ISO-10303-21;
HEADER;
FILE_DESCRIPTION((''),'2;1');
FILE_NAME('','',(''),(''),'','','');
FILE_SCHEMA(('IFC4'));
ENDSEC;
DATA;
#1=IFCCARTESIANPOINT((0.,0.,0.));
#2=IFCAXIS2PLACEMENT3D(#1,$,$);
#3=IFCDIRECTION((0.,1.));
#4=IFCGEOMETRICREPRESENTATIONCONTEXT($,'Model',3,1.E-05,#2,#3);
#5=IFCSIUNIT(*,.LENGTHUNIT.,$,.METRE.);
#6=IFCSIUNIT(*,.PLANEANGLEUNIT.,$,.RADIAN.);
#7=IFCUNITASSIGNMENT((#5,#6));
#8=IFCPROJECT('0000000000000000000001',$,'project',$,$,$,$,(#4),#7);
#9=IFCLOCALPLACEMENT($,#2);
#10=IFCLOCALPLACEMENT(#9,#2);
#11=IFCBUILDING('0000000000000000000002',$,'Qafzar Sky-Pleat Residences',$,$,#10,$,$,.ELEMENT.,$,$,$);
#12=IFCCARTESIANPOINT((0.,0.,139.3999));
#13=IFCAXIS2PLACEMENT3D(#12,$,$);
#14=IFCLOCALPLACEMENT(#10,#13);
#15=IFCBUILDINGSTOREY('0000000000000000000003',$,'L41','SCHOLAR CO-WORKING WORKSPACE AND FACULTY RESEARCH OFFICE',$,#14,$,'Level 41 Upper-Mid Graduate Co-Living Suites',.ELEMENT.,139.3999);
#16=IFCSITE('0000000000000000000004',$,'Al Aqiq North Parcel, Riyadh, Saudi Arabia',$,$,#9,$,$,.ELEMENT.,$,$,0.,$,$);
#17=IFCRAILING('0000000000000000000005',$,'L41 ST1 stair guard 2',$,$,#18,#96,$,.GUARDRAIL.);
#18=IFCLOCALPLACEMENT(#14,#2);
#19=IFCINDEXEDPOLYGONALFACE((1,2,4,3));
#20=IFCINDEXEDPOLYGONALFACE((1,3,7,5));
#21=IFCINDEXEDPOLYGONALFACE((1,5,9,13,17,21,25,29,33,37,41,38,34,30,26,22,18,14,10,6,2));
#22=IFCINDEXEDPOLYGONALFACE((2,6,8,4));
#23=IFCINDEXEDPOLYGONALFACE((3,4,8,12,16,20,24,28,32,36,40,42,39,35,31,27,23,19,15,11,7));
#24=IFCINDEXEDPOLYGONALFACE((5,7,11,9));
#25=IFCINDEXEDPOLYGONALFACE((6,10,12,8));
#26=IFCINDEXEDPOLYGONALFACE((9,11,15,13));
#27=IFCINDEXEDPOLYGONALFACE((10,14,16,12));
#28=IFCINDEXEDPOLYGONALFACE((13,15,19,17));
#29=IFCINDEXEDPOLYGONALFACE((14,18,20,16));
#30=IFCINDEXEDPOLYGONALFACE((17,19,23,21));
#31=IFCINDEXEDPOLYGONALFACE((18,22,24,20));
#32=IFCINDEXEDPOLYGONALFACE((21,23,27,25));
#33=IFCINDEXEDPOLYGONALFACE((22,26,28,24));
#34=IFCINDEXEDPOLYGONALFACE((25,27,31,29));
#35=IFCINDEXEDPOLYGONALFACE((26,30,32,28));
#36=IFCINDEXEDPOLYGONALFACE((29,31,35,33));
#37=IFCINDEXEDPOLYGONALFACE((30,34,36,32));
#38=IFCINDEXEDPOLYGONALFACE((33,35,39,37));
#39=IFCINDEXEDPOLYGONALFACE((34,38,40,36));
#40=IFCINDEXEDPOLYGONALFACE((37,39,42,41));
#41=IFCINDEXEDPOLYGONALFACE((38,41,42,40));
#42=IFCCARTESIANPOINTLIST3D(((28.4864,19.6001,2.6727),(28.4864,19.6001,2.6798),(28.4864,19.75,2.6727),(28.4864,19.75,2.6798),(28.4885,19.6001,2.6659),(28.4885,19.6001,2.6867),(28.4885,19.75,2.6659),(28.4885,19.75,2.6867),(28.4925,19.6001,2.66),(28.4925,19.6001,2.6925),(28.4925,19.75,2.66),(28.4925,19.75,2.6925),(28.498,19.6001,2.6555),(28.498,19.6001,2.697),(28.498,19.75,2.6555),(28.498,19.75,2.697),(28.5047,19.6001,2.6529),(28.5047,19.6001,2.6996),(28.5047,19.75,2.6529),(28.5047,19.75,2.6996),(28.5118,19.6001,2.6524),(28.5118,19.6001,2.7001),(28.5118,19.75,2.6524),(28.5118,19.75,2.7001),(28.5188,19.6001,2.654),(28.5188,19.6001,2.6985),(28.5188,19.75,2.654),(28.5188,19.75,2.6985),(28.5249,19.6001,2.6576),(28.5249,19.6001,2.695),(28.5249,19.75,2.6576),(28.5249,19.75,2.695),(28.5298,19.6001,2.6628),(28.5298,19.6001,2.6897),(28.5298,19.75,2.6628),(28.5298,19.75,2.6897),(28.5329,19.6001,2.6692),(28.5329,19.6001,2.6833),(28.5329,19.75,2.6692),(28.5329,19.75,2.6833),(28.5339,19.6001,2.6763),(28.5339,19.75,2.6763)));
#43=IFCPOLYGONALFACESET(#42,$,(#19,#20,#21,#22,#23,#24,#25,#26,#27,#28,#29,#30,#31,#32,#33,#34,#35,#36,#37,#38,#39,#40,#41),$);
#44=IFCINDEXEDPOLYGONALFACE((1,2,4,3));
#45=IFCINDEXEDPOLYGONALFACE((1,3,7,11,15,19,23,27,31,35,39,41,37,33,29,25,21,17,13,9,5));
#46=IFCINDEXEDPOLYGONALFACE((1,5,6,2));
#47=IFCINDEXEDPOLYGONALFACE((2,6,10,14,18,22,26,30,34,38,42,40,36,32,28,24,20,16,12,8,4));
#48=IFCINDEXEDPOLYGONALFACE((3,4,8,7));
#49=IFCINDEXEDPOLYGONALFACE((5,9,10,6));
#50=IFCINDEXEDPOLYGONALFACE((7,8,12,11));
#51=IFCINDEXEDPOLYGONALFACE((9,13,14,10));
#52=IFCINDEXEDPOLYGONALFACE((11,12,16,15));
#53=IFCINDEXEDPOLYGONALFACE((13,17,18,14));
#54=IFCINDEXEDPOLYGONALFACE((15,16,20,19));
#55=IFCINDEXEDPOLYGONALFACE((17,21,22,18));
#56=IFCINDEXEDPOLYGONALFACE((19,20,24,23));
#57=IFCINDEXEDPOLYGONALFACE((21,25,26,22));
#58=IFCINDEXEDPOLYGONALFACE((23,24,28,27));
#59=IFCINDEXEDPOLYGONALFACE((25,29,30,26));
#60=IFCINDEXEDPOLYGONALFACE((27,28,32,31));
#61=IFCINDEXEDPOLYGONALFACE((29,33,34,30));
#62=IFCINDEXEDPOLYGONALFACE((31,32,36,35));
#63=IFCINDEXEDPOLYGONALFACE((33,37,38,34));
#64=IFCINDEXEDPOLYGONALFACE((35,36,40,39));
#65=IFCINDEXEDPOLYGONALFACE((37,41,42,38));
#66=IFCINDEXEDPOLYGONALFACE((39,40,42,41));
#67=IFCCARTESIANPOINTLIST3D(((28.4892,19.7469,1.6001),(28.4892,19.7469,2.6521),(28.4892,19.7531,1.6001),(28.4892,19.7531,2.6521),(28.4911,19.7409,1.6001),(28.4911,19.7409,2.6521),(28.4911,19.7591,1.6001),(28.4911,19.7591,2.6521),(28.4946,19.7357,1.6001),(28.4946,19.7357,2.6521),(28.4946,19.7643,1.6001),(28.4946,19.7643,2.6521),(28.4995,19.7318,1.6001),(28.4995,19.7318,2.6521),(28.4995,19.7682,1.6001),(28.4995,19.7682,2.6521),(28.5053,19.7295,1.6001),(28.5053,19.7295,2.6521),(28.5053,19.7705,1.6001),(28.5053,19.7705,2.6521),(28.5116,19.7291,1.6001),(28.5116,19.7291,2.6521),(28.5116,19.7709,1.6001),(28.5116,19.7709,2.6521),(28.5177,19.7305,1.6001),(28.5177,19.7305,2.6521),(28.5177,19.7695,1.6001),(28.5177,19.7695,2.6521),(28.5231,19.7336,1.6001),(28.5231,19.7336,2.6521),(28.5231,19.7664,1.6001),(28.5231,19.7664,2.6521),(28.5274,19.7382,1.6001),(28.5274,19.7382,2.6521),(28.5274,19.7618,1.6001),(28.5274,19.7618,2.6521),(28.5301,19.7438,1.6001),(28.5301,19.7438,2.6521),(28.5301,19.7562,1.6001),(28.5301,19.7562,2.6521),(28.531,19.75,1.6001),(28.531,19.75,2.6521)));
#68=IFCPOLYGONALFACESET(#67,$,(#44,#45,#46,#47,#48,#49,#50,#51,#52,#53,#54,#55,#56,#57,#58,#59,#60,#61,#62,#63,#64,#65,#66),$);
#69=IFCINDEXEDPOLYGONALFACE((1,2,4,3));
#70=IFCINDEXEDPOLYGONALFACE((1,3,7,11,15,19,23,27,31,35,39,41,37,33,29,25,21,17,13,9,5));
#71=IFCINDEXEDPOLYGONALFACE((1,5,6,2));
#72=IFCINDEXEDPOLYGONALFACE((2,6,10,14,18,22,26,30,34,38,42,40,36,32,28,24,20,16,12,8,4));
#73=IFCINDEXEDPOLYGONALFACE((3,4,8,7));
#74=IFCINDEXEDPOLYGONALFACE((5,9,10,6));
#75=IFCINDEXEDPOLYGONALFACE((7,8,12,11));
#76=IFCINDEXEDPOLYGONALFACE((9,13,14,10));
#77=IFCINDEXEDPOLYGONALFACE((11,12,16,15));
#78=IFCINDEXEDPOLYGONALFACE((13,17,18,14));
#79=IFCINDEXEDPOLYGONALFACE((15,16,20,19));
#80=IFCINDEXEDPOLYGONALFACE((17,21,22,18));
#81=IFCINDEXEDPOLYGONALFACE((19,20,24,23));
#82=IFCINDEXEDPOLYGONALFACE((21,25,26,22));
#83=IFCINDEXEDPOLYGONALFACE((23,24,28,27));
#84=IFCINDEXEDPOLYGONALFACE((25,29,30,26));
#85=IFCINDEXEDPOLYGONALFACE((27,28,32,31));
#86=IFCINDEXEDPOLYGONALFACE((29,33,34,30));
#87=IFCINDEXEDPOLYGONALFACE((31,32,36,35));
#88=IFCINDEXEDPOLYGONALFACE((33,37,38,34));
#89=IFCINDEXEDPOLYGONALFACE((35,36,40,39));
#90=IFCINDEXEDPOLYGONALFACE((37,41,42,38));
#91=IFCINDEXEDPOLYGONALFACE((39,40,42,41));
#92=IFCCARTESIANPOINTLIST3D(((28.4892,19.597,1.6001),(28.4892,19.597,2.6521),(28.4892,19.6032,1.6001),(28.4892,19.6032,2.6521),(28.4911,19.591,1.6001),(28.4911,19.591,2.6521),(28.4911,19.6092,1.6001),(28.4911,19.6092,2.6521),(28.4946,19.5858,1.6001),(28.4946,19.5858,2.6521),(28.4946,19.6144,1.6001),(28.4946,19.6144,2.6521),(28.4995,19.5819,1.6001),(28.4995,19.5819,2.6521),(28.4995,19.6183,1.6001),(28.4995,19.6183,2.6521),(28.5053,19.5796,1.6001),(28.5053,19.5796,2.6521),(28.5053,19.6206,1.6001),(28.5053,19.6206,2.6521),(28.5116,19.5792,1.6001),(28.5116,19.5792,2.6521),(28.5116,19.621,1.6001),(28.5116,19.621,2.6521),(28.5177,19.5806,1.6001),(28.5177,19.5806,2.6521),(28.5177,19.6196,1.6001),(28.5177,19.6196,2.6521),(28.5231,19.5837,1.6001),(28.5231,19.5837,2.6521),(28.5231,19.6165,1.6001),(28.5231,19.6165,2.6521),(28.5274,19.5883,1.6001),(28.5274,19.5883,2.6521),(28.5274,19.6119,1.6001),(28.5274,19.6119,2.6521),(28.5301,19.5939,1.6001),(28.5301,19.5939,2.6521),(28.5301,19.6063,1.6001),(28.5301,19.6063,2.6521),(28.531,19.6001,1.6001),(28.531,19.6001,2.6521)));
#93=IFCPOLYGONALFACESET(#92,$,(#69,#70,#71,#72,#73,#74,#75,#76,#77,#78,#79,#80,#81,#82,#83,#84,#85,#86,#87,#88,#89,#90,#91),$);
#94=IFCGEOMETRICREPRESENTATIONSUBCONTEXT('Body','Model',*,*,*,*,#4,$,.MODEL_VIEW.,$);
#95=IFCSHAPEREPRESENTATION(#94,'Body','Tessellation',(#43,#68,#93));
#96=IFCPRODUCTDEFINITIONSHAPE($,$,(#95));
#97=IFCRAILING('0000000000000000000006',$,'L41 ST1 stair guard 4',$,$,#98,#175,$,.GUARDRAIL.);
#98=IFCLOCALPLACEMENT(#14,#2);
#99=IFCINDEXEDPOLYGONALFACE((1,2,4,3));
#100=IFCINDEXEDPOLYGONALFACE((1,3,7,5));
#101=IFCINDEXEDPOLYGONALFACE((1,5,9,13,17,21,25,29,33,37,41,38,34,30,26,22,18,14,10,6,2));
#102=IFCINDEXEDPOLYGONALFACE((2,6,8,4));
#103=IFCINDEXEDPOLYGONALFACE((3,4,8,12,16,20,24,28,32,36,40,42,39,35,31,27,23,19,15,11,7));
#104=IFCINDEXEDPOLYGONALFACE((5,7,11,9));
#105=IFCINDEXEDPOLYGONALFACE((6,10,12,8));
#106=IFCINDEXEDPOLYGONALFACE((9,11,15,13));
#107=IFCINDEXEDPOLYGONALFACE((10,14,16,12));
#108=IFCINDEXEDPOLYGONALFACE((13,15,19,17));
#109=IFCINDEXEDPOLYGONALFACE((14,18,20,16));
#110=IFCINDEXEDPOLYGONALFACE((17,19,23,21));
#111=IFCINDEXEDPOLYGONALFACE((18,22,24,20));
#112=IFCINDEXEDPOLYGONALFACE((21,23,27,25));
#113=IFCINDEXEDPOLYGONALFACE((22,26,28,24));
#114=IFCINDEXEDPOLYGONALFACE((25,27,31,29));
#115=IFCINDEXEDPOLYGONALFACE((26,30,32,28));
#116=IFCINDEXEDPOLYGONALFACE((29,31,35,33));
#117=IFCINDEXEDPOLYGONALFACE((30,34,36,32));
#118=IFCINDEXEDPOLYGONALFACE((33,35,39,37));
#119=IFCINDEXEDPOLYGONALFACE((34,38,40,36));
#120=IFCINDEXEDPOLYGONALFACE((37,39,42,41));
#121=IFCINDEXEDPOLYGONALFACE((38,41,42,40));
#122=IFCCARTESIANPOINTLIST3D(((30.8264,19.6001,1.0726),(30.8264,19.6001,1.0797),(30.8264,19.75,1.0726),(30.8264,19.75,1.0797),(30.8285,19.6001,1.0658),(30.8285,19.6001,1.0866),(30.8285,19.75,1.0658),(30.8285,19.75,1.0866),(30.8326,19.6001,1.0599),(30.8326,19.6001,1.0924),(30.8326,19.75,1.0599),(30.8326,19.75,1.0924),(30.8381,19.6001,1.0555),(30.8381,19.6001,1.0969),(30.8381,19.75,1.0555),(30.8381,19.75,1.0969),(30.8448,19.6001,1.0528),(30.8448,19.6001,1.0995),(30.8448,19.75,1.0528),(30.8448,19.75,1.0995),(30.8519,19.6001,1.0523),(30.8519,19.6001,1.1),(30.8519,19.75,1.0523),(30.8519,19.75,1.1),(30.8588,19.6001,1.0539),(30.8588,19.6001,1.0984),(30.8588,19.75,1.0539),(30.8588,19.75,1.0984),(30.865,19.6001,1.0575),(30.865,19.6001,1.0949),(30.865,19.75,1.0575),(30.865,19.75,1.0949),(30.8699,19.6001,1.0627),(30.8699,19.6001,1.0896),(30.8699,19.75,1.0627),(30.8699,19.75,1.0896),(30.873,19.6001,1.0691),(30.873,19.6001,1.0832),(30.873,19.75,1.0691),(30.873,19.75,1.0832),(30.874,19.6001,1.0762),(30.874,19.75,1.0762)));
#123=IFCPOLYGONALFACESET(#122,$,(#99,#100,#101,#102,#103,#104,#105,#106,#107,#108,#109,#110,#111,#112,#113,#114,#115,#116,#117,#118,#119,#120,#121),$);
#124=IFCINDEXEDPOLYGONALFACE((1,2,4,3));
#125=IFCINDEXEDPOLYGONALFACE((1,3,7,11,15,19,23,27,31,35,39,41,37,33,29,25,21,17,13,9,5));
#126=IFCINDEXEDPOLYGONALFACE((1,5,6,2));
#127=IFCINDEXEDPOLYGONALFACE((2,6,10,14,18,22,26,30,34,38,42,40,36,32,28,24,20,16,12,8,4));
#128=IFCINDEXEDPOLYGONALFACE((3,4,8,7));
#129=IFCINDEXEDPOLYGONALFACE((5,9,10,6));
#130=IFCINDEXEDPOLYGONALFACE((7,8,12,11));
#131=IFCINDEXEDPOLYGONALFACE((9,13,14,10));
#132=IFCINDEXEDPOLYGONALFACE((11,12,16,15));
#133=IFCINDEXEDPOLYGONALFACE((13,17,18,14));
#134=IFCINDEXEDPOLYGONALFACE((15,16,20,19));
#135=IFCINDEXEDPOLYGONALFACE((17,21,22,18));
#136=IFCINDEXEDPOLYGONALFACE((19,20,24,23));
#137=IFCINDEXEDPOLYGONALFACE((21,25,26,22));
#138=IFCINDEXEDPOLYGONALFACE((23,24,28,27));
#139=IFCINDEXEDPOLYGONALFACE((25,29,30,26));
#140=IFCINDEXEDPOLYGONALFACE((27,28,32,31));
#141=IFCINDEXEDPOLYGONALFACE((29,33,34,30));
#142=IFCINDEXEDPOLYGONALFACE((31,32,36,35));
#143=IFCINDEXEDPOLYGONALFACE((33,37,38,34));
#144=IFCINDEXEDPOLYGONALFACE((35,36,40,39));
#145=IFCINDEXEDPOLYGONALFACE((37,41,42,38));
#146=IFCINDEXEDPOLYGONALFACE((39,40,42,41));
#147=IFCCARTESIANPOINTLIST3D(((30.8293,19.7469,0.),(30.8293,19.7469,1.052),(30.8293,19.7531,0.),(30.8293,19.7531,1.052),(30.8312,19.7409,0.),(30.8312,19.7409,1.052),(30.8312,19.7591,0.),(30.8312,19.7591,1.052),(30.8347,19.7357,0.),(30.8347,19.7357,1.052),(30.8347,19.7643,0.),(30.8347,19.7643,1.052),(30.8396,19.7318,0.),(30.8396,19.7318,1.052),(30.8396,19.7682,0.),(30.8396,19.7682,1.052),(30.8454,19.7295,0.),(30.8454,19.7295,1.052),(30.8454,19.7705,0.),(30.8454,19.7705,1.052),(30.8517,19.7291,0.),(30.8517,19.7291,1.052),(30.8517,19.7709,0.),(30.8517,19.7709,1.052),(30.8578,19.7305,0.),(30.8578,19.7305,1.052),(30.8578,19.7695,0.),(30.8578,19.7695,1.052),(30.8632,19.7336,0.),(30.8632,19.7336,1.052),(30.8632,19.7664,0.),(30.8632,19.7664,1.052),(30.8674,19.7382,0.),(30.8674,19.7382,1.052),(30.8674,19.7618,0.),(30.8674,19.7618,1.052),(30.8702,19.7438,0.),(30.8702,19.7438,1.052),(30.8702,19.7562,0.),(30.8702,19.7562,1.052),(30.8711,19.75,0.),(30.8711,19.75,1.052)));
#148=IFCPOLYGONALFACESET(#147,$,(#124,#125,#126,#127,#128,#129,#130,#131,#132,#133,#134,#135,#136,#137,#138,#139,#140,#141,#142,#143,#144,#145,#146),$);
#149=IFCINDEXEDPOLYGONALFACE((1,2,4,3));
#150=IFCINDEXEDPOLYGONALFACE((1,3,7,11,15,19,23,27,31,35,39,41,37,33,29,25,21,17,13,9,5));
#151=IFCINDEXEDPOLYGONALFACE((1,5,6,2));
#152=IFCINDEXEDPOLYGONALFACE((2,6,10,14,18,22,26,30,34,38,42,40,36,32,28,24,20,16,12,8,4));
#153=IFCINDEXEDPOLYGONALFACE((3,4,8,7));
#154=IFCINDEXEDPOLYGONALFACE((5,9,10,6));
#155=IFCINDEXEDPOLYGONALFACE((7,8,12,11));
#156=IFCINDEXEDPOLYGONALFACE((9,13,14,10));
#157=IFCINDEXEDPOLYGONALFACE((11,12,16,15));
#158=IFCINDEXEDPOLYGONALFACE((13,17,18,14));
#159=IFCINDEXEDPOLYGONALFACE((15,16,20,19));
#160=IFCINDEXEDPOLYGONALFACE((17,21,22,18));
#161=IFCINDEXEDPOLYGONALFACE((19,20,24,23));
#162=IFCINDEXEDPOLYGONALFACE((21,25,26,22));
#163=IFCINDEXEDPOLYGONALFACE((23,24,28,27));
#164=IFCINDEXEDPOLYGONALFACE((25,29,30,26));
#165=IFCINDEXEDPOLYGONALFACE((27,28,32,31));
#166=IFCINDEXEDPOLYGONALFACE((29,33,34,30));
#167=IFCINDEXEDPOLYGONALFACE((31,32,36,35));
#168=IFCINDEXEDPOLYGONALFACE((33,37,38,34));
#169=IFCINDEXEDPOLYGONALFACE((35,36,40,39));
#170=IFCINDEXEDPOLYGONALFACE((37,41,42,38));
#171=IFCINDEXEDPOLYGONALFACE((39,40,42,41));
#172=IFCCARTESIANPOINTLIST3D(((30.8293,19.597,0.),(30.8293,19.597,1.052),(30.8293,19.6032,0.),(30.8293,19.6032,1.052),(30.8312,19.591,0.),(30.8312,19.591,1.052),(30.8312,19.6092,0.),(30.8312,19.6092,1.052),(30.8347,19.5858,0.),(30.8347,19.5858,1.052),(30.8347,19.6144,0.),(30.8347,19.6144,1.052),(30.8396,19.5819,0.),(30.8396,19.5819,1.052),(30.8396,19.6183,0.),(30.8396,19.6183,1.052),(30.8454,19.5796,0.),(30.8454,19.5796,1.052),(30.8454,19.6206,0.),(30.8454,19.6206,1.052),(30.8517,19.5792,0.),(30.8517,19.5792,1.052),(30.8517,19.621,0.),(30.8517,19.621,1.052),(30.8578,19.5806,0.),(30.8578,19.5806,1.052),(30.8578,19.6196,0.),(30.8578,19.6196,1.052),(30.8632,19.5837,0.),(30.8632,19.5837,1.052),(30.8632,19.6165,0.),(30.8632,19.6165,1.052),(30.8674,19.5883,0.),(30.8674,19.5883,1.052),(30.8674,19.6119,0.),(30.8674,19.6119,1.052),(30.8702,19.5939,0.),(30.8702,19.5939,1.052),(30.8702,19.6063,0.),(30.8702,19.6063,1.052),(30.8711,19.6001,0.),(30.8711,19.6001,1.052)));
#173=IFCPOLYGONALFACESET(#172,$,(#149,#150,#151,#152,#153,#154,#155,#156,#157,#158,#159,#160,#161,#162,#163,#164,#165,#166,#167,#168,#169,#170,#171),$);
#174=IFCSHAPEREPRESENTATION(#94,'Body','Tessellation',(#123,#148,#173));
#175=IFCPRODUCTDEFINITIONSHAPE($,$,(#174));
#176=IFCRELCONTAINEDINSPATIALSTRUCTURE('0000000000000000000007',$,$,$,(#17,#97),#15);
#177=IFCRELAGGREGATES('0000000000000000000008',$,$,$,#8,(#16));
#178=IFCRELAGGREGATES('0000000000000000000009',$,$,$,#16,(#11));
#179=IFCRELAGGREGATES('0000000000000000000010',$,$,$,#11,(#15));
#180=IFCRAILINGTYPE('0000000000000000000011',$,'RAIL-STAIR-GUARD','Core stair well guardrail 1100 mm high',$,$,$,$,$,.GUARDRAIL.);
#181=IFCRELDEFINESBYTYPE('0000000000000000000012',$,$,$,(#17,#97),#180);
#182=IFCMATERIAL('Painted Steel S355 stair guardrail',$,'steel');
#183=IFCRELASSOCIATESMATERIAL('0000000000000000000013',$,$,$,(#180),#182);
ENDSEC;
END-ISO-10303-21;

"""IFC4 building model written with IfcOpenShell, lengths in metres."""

from ifc_helpers import new_model, si_unit, direction, frame, origin, origin_2d, place, context, subcontext, project, spatial, circle, extrude, source, transform, mapped, material, type_object, element, save


model = new_model("IFC4")

# Units and contexts
model_context = context("Model", 3, precision=1e-05, world=origin(), true_north=direction((0.0, 1.0)))
body_context = subcontext(model_context, "Body", "Model", "MODEL_VIEW")
ifc_project = project(units=[si_unit("LENGTHUNIT", "METRE"), si_unit("PLANEANGLEUNIT", "RADIAN")], contexts=[model_context])

# Site, building, storey
site_placement = place(None, origin())
site = spatial("IfcSite", under=ifc_project, at=site_placement, Name="Al Aqiq North Parcel, Riyadh, Saudi Arabia", CompositionType="ELEMENT", RefElevation=0.0)
building_placement = place(site_placement, origin())
building = spatial("IfcBuilding", under=site, at=building_placement, Name="Qafzar Sky-Pleat Residences", CompositionType="ELEMENT")
storey_placement = place(building_placement, frame((0.0, 0.0, 139.3999)))
storey = spatial("IfcBuildingStorey", under=building, at=storey_placement, Name="L41", Description="SCHOLAR CO-WORKING WORKSPACE AND FACULTY RESEARCH OFFICE", LongName="Level 41 Upper-Mid Graduate Co-Living Suites", CompositionType="ELEMENT", Elevation=139.3999)

# Railings
ifc_material_1 = material(Name="Painted Steel S355 stair guardrail", Category="steel")
railing_type_1 = type_object("IfcRailingType", Name="RAIL-STAIR-GUARD", Description="Core stair well guardrail 1100 mm high", PredefinedType="GUARDRAIL", material=ifc_material_1)
shared_shape_1 = source(origin(), body_context, "Body", "SweptSolid", [
    extrude(circle(Radius=0.0239, at=origin_2d()), frame((0.0, 0.0, 1.0762), z_axis=(0.0, -1.0, 0.0), x_axis=(1.0, 0.0, 0.0)), (0.0, 0.0, 1.0), 0.1499),
    extrude(circle(Radius=0.021, at=origin_2d()), origin(), (0.0, 0.0, 1.0), 1.052),
    extrude(circle(Radius=0.021, at=origin_2d()), frame((0.0, -0.1499, 0.0)), (0.0, 0.0, 1.0), 1.052),
])
for number, where, name in (
    (1, (28.51, 19.75, 1.6001), "L41 ST1 stair guard 2"),
    (2, (30.8501, 19.75, 0.0), "L41 ST1 stair guard 4"),
):
    element("IfcRailing", number, at=place(storey_placement, frame(where)), inside=storey, type_object=railing_type_1, Name=name, PredefinedType="GUARDRAIL", context=body_context, shape_type="MappedRepresentation", body=[
        mapped(shared_shape_1, transform((0.0, 0.0, 0.0), x_axis=(1.0, 0.0, 0.0), y_axis=(0.0, 1.0, 0.0), z_axis=(0.0, 0.0, 1.0), scale=1.0)),
    ])

save(model, "model.ifc")
